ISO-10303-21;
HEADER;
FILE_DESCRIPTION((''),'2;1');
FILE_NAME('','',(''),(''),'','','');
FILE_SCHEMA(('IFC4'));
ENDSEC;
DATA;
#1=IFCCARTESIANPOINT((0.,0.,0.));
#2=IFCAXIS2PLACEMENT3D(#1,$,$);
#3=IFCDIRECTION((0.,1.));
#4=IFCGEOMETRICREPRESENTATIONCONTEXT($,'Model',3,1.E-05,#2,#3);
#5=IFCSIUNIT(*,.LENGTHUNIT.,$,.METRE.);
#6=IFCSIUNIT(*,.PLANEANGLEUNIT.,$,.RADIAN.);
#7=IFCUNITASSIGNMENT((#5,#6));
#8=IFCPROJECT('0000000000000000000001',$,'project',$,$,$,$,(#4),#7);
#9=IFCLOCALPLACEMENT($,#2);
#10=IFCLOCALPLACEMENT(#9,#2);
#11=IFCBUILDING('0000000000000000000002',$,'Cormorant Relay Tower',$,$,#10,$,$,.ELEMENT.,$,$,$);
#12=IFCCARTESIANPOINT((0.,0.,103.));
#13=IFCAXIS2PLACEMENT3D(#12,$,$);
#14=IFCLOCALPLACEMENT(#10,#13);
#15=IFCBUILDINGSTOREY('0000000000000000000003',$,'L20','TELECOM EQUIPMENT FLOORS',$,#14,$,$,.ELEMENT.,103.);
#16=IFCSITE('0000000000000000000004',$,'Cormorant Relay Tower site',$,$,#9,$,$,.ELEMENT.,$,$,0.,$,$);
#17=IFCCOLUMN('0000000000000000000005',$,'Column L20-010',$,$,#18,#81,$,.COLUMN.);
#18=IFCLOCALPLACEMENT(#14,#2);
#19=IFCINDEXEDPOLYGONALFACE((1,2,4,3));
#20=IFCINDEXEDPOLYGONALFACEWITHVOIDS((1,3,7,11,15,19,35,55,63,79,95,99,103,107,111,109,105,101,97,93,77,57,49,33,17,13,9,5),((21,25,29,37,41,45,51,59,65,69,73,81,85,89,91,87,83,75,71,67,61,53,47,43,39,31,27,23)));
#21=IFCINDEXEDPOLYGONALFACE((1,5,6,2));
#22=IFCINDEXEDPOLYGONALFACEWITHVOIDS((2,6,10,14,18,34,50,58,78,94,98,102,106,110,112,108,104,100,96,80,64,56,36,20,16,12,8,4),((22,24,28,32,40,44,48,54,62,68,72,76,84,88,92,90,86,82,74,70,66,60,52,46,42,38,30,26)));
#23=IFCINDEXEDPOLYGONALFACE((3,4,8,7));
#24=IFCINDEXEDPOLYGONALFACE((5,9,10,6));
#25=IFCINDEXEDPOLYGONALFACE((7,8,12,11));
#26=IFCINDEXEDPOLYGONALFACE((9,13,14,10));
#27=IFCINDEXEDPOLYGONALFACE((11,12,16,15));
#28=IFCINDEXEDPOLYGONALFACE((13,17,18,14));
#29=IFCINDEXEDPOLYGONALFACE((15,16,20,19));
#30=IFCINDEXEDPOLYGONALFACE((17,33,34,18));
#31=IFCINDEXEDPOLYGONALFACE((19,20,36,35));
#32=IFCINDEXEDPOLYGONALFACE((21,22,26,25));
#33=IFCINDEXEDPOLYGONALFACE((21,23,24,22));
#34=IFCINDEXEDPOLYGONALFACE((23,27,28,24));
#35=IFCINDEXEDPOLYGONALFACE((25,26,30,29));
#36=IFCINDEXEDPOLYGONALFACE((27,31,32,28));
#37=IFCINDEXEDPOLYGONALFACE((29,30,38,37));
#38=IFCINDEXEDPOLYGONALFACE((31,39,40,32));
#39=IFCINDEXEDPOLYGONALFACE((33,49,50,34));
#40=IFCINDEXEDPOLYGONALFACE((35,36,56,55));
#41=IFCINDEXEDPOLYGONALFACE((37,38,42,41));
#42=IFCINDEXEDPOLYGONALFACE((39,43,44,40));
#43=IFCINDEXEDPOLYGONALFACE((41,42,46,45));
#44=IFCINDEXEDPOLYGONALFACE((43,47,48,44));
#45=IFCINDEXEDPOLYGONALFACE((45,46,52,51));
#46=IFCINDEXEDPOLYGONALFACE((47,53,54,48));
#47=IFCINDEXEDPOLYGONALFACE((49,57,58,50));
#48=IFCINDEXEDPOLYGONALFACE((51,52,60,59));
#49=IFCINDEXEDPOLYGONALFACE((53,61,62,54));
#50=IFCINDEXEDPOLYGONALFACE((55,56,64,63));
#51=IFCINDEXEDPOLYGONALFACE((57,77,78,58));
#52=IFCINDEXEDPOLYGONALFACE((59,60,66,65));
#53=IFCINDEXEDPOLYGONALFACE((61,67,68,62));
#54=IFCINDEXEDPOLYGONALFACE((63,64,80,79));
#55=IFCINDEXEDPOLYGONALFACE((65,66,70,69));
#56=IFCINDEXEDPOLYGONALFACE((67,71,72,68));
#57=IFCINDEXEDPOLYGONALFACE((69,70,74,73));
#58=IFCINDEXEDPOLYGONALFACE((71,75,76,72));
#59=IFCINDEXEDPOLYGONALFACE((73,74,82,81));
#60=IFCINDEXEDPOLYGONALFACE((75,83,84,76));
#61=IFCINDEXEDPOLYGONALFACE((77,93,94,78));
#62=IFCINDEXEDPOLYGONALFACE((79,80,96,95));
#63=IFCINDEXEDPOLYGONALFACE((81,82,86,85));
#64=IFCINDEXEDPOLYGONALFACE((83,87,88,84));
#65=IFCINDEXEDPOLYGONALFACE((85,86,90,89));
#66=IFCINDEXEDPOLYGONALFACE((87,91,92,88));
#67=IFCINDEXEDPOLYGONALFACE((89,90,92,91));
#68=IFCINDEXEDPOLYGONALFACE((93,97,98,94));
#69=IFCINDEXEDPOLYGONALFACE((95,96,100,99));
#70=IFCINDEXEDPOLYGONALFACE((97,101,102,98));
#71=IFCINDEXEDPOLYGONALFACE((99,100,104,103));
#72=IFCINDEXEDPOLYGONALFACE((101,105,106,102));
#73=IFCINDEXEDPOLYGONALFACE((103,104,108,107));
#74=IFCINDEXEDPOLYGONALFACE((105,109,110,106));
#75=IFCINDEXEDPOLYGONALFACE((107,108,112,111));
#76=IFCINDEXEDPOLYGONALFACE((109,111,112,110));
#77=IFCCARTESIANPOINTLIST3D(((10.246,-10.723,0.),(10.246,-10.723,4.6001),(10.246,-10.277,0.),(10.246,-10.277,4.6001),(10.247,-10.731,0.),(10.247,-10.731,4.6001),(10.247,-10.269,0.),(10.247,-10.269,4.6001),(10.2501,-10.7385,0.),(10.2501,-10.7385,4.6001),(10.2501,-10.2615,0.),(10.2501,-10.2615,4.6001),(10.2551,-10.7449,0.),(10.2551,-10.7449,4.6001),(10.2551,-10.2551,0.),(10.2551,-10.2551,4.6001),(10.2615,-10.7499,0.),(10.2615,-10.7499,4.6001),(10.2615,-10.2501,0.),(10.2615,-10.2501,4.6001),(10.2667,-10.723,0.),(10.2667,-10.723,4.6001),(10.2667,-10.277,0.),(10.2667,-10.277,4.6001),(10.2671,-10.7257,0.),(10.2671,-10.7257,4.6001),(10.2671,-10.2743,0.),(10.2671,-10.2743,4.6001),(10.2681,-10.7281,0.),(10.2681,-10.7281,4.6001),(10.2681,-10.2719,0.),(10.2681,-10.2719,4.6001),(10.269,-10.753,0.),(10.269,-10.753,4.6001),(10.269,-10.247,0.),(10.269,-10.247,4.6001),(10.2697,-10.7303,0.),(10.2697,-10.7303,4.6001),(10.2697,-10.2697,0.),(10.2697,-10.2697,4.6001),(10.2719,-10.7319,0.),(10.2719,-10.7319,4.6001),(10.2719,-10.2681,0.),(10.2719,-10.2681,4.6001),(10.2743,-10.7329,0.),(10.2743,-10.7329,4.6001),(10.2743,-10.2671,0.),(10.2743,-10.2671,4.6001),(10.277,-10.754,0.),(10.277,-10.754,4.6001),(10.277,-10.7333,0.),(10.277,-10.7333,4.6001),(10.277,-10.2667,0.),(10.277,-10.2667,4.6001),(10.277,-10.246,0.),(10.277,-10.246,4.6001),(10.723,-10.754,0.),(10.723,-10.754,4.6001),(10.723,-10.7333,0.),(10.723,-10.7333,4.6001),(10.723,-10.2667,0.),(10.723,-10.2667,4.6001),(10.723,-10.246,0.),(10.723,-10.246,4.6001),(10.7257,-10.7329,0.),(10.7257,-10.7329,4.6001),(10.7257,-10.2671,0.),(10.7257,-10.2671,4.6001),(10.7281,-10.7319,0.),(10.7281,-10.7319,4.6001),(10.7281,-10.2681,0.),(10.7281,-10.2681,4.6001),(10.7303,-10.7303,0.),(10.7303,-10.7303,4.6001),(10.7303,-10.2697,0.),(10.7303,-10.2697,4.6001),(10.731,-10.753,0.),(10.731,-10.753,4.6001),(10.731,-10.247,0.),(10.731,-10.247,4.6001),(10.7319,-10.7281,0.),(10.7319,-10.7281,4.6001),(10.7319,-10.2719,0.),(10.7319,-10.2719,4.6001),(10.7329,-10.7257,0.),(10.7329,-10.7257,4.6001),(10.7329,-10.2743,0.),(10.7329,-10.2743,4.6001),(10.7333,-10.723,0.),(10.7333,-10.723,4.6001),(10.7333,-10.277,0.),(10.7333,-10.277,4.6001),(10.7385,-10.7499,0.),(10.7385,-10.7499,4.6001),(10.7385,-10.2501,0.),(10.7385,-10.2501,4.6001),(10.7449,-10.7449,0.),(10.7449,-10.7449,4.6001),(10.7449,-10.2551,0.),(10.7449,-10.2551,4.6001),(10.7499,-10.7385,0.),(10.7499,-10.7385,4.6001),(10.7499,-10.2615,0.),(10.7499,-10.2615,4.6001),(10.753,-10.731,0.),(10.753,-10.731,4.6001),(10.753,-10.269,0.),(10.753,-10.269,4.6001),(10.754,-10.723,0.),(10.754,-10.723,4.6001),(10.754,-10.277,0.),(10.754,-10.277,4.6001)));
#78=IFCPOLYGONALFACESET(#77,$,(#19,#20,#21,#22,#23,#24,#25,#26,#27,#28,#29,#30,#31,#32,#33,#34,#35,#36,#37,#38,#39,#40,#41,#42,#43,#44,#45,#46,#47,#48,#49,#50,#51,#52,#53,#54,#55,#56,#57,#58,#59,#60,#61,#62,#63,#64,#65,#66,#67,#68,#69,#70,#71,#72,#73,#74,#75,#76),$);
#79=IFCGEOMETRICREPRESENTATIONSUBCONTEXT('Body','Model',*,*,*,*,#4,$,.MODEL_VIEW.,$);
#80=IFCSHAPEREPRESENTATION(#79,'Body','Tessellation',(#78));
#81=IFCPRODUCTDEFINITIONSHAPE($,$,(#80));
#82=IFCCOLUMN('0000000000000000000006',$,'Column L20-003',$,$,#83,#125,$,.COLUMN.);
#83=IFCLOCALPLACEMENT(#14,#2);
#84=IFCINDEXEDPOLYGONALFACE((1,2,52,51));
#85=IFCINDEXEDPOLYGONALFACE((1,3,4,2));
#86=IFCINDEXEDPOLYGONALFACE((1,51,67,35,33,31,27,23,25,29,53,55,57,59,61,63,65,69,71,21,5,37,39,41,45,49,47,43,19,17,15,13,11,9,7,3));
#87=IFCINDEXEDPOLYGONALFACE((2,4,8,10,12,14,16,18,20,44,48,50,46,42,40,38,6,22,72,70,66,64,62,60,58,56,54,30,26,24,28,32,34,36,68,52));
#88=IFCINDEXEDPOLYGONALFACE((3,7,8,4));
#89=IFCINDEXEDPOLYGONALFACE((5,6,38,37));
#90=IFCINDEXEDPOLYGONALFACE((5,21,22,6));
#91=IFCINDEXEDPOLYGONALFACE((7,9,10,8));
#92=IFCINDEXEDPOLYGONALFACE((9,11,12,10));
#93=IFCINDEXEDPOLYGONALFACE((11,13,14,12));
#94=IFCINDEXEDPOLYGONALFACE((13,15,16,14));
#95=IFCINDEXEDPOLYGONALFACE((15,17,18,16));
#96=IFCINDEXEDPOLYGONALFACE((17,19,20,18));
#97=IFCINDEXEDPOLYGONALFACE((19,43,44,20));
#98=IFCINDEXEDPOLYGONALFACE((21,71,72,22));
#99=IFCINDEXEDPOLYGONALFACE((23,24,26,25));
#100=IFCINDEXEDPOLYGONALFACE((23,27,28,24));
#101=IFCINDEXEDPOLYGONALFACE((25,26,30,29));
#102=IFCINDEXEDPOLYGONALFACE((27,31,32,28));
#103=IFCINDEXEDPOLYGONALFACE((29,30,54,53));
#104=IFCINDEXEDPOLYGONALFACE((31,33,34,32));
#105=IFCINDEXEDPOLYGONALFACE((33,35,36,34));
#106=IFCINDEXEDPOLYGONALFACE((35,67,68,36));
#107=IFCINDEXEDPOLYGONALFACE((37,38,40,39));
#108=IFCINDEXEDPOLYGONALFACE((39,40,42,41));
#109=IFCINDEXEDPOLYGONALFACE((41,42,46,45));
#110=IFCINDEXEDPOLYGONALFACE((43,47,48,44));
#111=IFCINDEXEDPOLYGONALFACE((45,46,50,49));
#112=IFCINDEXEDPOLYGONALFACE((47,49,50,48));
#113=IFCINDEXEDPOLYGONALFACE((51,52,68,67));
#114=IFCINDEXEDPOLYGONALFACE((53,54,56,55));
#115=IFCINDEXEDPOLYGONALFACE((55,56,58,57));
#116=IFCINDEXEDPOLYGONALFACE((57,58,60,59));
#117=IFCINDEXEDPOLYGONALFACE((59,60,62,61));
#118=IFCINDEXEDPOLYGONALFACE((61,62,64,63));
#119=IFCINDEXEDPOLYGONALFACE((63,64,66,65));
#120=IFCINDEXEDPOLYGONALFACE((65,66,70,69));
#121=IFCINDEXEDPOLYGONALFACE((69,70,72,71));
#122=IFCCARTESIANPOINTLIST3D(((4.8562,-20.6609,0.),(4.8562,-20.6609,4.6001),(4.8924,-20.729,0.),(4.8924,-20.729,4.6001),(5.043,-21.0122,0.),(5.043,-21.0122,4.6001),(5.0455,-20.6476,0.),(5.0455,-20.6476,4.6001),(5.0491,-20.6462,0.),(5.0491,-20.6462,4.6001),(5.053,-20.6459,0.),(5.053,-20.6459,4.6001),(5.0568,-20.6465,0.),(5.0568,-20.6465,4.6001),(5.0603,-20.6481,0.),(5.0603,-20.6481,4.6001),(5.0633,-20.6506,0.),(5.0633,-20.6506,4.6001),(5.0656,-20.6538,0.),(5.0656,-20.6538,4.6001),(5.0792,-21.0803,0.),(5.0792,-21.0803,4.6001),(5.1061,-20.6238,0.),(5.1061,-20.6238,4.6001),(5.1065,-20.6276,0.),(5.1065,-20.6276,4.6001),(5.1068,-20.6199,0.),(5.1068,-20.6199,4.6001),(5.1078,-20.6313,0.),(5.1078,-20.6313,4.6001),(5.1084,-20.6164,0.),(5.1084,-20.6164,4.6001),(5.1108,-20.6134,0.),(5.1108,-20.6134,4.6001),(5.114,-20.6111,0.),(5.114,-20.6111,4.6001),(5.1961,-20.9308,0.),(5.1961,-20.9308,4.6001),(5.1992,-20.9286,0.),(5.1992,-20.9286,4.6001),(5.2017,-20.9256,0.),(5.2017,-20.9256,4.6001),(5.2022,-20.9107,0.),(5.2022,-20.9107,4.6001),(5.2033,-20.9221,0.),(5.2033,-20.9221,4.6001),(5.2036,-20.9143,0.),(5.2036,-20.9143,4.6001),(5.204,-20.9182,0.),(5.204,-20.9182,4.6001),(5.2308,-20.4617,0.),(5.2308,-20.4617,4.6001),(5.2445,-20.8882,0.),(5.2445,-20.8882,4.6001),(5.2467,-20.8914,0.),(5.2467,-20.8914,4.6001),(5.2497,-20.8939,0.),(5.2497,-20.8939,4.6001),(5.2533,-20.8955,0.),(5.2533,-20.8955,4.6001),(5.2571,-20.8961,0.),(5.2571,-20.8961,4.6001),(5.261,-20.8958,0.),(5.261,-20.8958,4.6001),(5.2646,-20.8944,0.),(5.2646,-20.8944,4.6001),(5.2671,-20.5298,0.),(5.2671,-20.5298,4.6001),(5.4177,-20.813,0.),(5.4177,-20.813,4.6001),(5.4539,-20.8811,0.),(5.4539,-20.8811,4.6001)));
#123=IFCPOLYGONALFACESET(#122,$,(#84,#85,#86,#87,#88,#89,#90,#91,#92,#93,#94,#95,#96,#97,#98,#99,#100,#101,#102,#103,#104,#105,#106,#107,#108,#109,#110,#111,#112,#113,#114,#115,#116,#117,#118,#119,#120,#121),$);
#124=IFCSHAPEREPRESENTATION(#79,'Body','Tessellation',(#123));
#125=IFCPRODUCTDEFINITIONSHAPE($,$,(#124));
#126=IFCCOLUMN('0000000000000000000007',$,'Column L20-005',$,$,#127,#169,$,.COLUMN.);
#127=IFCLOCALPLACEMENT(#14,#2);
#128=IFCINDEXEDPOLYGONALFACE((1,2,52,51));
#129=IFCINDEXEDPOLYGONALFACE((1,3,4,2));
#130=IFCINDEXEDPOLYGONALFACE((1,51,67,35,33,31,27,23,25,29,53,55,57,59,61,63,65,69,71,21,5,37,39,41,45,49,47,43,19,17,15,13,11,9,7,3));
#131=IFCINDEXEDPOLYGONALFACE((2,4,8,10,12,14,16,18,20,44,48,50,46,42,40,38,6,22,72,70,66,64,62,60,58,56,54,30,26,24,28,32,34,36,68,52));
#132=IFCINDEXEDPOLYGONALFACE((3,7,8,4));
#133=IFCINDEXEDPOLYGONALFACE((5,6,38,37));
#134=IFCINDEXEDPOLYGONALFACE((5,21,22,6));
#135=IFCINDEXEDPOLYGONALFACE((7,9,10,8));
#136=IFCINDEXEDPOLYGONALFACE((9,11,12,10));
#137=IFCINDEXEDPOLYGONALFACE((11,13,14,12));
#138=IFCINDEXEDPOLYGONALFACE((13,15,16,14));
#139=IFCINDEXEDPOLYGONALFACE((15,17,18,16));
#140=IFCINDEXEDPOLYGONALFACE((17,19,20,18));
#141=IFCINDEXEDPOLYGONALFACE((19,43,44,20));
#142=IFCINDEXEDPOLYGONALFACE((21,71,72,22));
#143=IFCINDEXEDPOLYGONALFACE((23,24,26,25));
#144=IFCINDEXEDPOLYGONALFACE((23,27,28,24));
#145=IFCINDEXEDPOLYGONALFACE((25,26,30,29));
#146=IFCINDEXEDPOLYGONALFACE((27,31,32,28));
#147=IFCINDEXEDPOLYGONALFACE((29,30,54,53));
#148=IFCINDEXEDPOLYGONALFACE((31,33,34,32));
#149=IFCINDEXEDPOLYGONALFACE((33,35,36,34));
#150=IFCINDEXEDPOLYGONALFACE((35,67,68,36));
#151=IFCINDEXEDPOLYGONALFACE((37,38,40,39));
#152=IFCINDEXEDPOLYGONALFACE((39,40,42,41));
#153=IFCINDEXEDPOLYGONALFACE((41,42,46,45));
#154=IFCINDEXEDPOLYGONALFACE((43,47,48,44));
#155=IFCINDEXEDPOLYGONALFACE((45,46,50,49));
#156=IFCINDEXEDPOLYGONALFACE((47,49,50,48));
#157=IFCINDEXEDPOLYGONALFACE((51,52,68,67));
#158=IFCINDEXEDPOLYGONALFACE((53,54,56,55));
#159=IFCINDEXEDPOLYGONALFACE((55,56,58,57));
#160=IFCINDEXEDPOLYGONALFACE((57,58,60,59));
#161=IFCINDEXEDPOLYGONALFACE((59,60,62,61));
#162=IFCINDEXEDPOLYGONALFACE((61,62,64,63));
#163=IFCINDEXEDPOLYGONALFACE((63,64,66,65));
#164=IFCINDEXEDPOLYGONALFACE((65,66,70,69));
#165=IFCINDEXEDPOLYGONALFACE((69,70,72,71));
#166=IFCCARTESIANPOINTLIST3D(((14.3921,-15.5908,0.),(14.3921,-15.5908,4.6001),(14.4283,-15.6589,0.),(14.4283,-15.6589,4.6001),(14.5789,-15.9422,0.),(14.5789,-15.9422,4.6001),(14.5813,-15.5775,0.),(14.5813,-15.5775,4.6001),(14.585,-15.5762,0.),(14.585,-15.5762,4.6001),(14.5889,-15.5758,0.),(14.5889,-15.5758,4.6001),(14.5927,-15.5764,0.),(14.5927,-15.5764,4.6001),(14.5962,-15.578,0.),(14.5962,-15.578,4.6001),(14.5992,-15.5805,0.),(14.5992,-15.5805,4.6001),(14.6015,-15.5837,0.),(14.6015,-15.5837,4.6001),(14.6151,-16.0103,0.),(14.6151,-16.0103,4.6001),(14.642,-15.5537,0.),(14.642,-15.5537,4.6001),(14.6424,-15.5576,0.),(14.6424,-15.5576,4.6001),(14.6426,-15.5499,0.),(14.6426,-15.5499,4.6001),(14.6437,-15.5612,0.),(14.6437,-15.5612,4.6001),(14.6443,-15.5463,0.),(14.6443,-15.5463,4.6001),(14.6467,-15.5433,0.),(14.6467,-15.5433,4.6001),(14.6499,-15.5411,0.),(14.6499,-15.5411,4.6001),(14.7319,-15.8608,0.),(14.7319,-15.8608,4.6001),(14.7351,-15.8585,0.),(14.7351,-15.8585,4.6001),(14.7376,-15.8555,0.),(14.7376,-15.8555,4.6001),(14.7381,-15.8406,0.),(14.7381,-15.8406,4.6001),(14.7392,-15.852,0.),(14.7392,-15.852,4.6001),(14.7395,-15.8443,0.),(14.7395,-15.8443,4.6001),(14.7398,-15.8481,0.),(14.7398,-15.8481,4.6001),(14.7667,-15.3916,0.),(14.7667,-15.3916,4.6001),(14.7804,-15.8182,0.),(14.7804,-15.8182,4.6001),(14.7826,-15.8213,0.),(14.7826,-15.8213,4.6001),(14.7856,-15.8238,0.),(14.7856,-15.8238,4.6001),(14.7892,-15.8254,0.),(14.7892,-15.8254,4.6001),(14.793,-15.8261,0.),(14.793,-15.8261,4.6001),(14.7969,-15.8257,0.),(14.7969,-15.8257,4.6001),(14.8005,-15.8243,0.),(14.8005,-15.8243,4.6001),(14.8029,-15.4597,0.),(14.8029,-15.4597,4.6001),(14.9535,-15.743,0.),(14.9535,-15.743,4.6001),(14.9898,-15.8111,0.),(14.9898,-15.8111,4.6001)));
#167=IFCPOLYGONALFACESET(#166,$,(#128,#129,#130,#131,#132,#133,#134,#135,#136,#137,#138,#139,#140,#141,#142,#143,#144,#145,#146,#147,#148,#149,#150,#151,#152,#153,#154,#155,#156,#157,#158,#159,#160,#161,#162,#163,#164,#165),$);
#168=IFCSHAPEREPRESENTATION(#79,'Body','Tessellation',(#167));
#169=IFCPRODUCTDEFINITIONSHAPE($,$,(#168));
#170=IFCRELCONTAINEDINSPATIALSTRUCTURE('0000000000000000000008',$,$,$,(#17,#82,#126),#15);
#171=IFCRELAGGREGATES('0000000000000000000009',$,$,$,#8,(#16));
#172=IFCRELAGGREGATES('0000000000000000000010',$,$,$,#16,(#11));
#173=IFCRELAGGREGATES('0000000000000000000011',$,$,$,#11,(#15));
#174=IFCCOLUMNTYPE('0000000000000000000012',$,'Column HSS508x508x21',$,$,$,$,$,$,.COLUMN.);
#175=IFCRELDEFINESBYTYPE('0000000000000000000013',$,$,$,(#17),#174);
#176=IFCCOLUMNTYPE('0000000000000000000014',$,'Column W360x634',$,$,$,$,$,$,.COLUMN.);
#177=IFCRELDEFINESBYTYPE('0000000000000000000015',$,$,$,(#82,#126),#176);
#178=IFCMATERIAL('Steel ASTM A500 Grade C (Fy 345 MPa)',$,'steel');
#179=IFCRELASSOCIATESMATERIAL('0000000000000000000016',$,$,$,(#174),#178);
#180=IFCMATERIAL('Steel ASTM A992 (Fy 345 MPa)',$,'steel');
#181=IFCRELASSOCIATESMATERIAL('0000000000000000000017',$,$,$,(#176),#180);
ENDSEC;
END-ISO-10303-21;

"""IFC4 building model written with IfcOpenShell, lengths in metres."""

from ifc_helpers import new_model, si_unit, direction, frame, origin, origin_2d, place, context, subcontext, project, spatial, hollow_rectangle, i_section, extrude, material, material_profile, profile_set, type_object, element, save


model = new_model("IFC4")

# Units and contexts
model_context = context("Model", 3, precision=1e-05, world=origin(), true_north=direction((0.0, 1.0)))
body_context = subcontext(model_context, "Body", "Model", "MODEL_VIEW")
ifc_project = project(units=[si_unit("LENGTHUNIT", "METRE"), si_unit("PLANEANGLEUNIT", "RADIAN")], contexts=[model_context])

# Site, building, storey
site_placement = place(None, origin())
site = spatial("IfcSite", under=ifc_project, at=site_placement, Name="Cormorant Relay Tower site", CompositionType="ELEMENT", RefElevation=0.0)
building_placement = place(site_placement, origin())
building = spatial("IfcBuilding", under=site, at=building_placement, Name="Cormorant Relay Tower", CompositionType="ELEMENT")
storey_placement = place(building_placement, frame((0.0, 0.0, 103.0)))
storey = spatial("IfcBuildingStorey", under=building, at=storey_placement, Name="L20", Description="TELECOM EQUIPMENT FLOORS", CompositionType="ELEMENT", Elevation=103.0)

# Columns
ifc_material_1 = material(Name="Steel ASTM A500 Grade C (Fy 345 MPa)", Category="steel")
ifc_material_profile_1 = material_profile(ifc_material_1, hollow_rectangle(XDim=0.5081, YDim=0.5081, WallThickness=0.0208, InnerFilletRadius=0.0103, OuterFilletRadius=0.031, at=origin_2d()), Name="HSS508x508x21")
ifc_profile_set_1 = profile_set([ifc_material_profile_1], Name="Steel ASTM A500 Grade C (Fy 345 MPa)")
column_type_1 = type_object("IfcColumnType", Name="Column HSS508x508x21", PredefinedType="COLUMN", material=ifc_profile_set_1)
column_1_placement = place(storey_placement, frame((10.5, -10.5, 0.0), z_axis=(0.0, 0.0, 1.0), x_axis=(1.0, 0.0, 0.0)))
element("IfcColumn", 1, at=column_1_placement, inside=storey, type_object=column_type_1, Name="Column L20-010", PredefinedType="COLUMN", context=body_context, shape_type="SweptSolid", body=[
    extrude(hollow_rectangle(XDim=0.5081, YDim=0.5081, WallThickness=0.0208, InnerFilletRadius=0.0103, OuterFilletRadius=0.031, at=origin_2d()), origin(), (0.0, 0.0, 1.0), 4.6001),
])
ifc_material_2 = material(Name="Steel ASTM A992 (Fy 345 MPa)", Category="steel")
ifc_material_profile_2 = material_profile(ifc_material_2, i_section(OverallWidth=0.4243, OverallDepth=0.4751, WebThickness=0.0479, FlangeThickness=0.0771, FilletRadius=0.0149, at=origin_2d()), Name="W360x634")
ifc_profile_set_2 = profile_set([ifc_material_profile_2], Name="Steel ASTM A992 (Fy 345 MPa)")
column_type_2 = type_object("IfcColumnType", Name="Column W360x634", PredefinedType="COLUMN", material=ifc_profile_set_2)
for number, where, z_axis, x_axis, name in (
    (2, (5.155, -20.771, 0.0), (0.0, 0.0, 1.0), (0.882948, 0.469472, 0.0), "Column L20-003"),
    (3, (14.6909, -15.7009, 0.0), (0.0, 0.0, 1.0), (0.882948, 0.469472, 0.0), "Column L20-005"),
):
    element("IfcColumn", number, at=place(storey_placement, frame(where, z_axis=z_axis, x_axis=x_axis)), inside=storey, type_object=column_type_2, Name=name, PredefinedType="COLUMN", context=body_context, shape_type="SweptSolid", body=[
        extrude(i_section(OverallWidth=0.4243, OverallDepth=0.4751, WebThickness=0.0479, FlangeThickness=0.0771, FilletRadius=0.0149, at=origin_2d()), origin(), (0.0, 0.0, 1.0), 4.6001),
    ])

save(model, "model.ifc")
